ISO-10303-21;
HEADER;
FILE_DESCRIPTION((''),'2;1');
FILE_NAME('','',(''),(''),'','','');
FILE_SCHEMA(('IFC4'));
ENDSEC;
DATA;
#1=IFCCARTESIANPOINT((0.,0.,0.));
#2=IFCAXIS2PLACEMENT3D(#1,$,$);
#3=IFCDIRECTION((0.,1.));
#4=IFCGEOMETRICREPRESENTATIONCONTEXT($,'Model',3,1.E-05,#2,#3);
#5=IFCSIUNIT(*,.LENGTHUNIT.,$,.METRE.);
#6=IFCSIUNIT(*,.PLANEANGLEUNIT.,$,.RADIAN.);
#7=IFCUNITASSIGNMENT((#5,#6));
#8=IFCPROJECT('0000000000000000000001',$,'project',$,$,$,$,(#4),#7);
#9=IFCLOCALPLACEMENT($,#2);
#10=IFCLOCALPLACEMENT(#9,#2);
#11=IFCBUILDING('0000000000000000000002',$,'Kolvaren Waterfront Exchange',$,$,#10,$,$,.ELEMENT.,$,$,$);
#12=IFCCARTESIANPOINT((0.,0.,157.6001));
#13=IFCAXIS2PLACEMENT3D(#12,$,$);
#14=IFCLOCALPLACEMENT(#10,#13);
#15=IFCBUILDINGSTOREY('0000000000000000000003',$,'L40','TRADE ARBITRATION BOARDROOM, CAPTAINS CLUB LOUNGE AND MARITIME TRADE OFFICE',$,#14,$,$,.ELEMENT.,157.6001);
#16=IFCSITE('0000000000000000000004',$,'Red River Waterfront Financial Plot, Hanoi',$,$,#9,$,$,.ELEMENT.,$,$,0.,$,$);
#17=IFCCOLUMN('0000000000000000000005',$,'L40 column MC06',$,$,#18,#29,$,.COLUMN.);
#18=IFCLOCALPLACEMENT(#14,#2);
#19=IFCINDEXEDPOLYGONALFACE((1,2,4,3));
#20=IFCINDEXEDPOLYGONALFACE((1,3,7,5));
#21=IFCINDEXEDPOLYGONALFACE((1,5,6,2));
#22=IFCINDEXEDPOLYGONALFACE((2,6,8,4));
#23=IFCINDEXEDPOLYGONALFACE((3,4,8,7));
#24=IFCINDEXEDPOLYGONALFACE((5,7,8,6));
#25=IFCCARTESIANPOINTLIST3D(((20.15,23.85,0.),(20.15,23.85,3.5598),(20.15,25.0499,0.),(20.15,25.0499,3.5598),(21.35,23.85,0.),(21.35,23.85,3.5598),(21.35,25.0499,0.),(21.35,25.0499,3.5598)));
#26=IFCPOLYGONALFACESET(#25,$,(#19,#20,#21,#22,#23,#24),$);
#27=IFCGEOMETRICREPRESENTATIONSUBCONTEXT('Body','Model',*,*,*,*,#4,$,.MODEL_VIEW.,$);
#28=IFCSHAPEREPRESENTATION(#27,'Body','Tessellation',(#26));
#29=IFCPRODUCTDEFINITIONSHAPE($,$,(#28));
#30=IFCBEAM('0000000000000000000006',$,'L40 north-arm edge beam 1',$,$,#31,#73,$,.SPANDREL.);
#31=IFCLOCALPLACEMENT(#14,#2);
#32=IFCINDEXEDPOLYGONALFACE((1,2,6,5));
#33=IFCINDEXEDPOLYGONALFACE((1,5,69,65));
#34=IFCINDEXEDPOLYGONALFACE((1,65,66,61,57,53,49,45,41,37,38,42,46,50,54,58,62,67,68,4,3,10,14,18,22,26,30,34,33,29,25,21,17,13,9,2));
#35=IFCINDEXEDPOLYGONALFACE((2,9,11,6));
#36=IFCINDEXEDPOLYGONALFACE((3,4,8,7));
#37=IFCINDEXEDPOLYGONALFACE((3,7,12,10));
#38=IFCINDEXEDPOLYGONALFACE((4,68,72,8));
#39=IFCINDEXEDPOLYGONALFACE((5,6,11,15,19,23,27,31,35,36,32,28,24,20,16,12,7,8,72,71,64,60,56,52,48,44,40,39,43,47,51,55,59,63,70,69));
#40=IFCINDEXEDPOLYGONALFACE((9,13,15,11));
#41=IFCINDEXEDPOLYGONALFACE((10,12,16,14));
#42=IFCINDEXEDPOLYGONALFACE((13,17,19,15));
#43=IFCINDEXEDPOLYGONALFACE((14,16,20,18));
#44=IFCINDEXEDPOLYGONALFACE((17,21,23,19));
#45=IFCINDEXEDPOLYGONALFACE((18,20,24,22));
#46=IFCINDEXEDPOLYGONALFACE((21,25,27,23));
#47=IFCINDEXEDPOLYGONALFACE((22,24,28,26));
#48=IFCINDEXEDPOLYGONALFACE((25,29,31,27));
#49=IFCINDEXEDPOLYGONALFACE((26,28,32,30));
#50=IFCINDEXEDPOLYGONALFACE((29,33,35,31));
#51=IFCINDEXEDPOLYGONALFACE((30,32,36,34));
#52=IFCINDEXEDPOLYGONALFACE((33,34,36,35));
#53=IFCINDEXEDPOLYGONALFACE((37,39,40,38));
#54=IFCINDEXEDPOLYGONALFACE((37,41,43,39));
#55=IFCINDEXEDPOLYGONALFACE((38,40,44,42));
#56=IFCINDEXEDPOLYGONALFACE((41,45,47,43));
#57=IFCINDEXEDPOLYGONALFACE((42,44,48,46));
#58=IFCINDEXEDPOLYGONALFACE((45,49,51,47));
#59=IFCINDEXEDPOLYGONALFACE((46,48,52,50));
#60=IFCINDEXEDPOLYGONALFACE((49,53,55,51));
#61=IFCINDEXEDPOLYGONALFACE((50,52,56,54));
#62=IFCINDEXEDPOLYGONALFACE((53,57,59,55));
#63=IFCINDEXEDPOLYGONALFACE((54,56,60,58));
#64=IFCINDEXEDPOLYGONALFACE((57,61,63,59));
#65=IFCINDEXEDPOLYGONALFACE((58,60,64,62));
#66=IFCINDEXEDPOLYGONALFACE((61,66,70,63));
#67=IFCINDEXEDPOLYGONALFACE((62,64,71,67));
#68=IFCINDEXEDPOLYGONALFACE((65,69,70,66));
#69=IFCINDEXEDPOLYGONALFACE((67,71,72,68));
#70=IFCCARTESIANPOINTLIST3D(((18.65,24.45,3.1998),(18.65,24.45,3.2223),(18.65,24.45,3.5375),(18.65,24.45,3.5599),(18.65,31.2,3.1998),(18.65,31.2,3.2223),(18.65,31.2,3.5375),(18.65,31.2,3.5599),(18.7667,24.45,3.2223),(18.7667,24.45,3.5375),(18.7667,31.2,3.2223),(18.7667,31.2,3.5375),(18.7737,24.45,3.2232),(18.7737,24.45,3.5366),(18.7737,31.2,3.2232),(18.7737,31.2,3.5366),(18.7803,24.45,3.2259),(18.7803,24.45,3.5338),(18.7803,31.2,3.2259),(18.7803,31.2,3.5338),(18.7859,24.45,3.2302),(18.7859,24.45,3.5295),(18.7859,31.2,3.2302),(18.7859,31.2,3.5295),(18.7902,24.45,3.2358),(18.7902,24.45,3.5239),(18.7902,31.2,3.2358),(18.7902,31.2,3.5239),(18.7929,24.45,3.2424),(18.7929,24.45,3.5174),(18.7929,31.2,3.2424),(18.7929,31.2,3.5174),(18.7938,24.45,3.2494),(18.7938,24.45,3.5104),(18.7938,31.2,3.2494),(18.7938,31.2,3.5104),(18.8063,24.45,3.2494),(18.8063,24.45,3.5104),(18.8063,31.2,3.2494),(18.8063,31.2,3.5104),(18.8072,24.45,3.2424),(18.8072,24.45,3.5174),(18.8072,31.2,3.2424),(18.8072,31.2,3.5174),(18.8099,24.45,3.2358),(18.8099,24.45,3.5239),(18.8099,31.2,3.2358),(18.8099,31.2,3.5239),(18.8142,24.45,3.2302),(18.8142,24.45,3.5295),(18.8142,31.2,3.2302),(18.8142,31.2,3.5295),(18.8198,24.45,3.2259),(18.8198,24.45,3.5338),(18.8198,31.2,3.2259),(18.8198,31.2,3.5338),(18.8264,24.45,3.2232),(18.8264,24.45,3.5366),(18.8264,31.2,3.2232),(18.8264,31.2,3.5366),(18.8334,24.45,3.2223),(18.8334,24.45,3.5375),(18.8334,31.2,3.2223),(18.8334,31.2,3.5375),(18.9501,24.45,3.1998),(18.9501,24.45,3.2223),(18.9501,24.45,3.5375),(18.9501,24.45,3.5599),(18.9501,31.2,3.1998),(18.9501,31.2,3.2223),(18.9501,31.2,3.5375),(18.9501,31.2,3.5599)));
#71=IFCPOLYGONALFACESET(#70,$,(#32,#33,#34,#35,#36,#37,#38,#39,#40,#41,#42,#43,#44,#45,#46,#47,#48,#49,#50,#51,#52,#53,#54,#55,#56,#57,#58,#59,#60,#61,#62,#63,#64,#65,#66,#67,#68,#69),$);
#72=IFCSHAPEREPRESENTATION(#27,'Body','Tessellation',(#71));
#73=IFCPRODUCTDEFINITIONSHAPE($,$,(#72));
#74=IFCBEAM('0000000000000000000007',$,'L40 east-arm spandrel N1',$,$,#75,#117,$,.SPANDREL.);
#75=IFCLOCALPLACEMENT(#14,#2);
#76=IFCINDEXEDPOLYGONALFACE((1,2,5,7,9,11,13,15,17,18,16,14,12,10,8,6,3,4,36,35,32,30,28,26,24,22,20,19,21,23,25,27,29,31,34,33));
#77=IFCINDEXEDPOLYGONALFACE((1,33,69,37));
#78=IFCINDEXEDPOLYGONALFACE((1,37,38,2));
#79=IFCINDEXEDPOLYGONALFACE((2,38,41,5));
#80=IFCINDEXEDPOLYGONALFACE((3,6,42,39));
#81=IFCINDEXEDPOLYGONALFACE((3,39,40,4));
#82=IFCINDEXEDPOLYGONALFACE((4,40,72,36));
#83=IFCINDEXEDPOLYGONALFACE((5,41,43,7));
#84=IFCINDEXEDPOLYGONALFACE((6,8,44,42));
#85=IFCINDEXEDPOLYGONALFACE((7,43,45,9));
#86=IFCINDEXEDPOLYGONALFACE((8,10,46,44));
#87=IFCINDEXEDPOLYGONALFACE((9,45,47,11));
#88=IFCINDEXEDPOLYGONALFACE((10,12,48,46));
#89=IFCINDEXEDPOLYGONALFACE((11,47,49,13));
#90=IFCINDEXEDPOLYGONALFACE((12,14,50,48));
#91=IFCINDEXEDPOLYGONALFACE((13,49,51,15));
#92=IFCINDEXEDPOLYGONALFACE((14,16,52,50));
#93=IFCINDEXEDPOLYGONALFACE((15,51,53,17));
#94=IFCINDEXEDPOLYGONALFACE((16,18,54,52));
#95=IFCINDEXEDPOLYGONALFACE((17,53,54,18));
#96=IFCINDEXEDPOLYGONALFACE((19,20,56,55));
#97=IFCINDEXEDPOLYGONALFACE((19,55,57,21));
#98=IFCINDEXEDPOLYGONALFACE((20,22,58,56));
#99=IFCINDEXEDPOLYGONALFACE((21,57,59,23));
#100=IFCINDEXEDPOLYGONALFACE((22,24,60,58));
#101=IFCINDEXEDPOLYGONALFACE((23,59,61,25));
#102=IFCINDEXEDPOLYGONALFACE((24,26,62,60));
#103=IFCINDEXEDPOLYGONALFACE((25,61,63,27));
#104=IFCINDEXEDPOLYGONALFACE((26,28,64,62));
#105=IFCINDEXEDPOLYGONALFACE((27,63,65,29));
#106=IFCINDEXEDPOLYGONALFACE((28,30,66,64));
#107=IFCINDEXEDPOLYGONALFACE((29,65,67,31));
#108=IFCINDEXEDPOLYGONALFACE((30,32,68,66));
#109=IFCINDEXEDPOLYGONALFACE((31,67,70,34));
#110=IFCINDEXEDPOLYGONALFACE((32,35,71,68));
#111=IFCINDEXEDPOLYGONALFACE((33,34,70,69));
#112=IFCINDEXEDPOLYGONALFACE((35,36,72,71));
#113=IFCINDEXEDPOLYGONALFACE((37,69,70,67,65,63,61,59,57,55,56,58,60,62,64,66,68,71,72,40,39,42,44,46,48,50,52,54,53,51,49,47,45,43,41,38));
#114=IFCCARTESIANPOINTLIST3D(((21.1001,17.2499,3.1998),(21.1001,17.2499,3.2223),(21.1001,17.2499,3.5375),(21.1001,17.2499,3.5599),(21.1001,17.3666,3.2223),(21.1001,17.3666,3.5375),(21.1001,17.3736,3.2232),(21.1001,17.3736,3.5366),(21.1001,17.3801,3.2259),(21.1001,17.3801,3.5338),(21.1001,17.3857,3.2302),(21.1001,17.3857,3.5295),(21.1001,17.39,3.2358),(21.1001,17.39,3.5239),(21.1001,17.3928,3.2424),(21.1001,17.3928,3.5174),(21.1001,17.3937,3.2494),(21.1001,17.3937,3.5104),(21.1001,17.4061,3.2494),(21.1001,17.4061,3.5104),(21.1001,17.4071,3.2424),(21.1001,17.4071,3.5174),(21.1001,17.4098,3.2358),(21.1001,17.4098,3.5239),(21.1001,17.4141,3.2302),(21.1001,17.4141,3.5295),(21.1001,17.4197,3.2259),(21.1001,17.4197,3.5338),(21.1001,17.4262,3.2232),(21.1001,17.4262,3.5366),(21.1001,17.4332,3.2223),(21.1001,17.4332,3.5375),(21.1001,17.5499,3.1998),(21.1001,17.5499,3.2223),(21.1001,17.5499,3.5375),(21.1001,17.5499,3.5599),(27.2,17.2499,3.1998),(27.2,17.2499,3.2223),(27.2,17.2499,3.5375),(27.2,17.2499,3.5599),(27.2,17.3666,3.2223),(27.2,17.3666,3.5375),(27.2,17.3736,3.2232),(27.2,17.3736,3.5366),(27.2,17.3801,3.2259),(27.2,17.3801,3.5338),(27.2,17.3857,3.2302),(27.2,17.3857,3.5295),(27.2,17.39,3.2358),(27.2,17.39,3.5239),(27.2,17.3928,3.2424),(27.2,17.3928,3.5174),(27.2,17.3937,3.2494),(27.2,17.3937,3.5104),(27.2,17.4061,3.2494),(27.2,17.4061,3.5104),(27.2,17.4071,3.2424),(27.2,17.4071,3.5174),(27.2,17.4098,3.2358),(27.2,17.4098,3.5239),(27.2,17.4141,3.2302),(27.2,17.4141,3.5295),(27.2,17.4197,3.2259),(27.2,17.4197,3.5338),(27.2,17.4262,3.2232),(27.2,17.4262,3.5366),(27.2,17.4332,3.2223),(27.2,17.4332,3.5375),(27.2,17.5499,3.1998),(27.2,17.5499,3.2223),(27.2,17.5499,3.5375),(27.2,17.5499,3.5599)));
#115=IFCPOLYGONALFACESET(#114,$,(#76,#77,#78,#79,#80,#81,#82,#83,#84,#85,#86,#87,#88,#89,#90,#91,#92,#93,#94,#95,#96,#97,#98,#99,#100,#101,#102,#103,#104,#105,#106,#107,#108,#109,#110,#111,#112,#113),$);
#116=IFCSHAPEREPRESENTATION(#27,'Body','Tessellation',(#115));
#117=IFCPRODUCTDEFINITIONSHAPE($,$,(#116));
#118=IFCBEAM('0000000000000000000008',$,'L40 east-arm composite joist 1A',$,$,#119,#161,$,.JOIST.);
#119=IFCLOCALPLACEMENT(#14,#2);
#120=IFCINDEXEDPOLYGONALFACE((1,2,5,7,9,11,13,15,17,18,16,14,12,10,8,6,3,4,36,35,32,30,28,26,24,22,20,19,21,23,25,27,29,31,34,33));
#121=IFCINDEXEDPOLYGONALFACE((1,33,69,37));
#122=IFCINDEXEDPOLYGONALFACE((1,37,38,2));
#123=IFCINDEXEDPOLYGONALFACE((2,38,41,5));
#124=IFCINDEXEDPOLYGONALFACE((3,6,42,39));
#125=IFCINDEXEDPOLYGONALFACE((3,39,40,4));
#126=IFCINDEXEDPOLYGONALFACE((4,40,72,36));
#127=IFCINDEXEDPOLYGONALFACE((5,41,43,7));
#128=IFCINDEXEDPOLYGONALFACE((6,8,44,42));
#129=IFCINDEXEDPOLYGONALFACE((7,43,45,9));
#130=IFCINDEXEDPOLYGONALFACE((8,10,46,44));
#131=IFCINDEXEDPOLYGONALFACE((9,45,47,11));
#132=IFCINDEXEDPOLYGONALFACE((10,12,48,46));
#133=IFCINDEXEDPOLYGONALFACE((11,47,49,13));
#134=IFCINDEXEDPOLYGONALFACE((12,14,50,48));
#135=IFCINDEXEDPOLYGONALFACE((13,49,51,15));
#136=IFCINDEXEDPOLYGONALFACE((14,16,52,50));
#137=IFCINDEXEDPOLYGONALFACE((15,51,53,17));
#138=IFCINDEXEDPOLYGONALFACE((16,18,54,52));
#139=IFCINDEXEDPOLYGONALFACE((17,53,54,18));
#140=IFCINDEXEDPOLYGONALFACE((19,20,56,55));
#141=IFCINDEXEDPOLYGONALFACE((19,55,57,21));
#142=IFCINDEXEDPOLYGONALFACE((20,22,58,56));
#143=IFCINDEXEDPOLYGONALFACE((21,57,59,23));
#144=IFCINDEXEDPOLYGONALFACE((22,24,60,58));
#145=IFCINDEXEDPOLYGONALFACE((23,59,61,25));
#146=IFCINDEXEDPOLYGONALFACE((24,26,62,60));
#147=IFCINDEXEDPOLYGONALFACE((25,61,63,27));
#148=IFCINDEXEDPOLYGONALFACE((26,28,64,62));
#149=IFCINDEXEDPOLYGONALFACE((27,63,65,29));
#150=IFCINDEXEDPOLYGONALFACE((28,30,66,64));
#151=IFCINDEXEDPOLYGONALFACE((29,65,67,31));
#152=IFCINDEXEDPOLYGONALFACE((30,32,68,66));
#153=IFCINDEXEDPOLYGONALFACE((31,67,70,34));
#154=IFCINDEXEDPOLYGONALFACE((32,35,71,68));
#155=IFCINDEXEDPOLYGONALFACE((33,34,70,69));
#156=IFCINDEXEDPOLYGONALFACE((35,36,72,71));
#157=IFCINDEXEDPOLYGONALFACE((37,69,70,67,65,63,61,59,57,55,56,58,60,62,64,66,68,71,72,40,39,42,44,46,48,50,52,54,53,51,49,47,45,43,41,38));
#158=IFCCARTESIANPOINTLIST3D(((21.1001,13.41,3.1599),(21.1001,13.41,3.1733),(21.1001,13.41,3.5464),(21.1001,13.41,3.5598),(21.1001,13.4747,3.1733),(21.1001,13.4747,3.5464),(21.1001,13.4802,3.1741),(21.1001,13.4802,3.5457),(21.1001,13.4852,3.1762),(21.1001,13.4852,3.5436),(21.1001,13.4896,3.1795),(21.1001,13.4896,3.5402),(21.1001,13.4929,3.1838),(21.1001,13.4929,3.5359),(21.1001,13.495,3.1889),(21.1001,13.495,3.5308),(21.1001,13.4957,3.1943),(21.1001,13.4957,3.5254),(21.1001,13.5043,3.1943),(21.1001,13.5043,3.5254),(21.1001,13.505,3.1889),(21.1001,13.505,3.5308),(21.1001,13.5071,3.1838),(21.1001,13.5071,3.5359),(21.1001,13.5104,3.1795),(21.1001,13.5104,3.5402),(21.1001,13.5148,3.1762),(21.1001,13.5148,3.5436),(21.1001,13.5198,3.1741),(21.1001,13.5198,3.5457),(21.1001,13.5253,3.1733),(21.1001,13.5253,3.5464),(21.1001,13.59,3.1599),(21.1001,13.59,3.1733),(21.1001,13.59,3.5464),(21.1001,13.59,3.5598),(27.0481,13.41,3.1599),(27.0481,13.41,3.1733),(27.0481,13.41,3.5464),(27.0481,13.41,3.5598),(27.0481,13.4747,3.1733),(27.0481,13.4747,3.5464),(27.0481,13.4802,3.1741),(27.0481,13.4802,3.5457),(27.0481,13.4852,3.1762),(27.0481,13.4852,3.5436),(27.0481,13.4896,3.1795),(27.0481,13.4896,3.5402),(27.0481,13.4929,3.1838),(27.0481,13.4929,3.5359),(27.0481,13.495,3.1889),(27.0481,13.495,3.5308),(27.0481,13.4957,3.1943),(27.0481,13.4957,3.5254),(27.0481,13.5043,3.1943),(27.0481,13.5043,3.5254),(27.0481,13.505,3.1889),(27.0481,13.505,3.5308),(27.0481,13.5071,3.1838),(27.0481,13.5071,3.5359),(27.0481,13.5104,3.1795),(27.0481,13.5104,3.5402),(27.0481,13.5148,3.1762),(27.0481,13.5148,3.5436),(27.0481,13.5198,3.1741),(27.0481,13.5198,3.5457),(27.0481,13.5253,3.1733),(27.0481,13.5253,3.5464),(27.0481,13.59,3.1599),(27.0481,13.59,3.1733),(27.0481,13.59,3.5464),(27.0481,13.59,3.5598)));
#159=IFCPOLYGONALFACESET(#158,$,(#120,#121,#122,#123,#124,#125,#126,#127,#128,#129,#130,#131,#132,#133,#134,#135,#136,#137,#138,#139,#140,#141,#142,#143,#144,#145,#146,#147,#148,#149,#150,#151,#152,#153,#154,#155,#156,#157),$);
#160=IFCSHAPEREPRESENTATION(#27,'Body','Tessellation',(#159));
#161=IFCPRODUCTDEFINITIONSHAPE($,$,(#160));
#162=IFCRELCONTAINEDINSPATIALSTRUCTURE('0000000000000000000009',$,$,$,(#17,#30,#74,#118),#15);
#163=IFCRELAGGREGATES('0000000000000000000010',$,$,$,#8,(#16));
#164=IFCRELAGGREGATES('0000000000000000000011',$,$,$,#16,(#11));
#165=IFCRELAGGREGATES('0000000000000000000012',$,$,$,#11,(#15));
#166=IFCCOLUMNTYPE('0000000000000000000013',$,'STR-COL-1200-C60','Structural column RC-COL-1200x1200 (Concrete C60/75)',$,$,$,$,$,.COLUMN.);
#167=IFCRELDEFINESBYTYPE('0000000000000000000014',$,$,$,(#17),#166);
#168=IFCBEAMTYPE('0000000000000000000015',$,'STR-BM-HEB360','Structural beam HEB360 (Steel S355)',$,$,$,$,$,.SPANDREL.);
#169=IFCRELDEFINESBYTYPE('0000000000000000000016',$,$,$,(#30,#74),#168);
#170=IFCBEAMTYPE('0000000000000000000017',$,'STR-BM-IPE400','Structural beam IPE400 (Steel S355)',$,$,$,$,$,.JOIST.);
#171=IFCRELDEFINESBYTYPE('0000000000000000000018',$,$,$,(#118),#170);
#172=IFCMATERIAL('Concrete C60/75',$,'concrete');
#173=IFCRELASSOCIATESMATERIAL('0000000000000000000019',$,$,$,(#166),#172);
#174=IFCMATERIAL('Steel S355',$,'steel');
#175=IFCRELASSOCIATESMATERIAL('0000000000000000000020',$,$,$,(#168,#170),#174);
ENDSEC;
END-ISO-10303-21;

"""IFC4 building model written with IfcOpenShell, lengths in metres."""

from ifc_helpers import new_model, si_unit, direction, frame, origin, origin_2d, place, context, subcontext, project, spatial, rectangle, i_section, extrude, material, material_profile, profile_set, type_object, element, save


model = new_model("IFC4")

# Units and contexts
model_context = context("Model", 3, precision=1e-05, world=origin(), true_north=direction((0.0, 1.0)))
body_context = subcontext(model_context, "Body", "Model", "MODEL_VIEW")
ifc_project = project(units=[si_unit("LENGTHUNIT", "METRE"), si_unit("PLANEANGLEUNIT", "RADIAN")], contexts=[model_context])

# Site, building, storey
site_placement = place(None, origin())
site = spatial("IfcSite", under=ifc_project, at=site_placement, Name="Red River Waterfront Financial Plot, Hanoi", CompositionType="ELEMENT", RefElevation=0.0)
building_placement = place(site_placement, origin())
building = spatial("IfcBuilding", under=site, at=building_placement, Name="Kolvaren Waterfront Exchange", CompositionType="ELEMENT")
storey_placement = place(building_placement, frame((0.0, 0.0, 157.6001)))
storey = spatial("IfcBuildingStorey", under=building, at=storey_placement, Name="L40", Description="TRADE ARBITRATION BOARDROOM, CAPTAINS CLUB LOUNGE AND MARITIME TRADE OFFICE", CompositionType="ELEMENT", Elevation=157.6001)

# Column
ifc_material_1 = material(Name="Concrete C60/75", Category="concrete")
ifc_material_profile_1 = material_profile(ifc_material_1, rectangle(XDim=1.2, YDim=1.2, at=origin_2d()), Name="RC-COL-1200x1200")
ifc_profile_set_1 = profile_set([ifc_material_profile_1], Name="Concrete C60/75")
column_type = type_object("IfcColumnType", Name="STR-COL-1200-C60", Description="Structural column RC-COL-1200x1200 (Concrete C60/75)", PredefinedType="COLUMN", material=ifc_profile_set_1)
column_placement = place(storey_placement, frame((20.75, 24.45, 0.0), z_axis=(0.0, 0.0, 1.0), x_axis=(1.0, 0.0, 0.0)))
element("IfcColumn", 1, at=column_placement, inside=storey, type_object=column_type, Name="L40 column MC06", PredefinedType="COLUMN", context=body_context, shape_type="SweptSolid", body=[
    extrude(rectangle(XDim=1.2, YDim=1.2, at=origin_2d()), origin(), (0.0, 0.0, 1.0), 3.5598),
])

# Beams
ifc_material_2 = material(Name="Steel S355", Category="steel")
ifc_material_profile_2 = material_profile(ifc_material_2, i_section(OverallWidth=0.3, OverallDepth=0.3601, WebThickness=0.0125, FlangeThickness=0.0225, FilletRadius=0.0271, at=origin_2d()), Name="HEB360")
ifc_profile_set_2 = profile_set([ifc_material_profile_2], Name="Steel S355")
beam_type_1 = type_object("IfcBeamType", Name="STR-BM-HEB360", Description="Structural beam HEB360 (Steel S355)", PredefinedType="SPANDREL", material=ifc_profile_set_2)
beam_1_placement = place(storey_placement, frame((18.8, 24.45, 3.3799), z_axis=(0.0, 1.0, 0.0), x_axis=(-1.0, 0.0, 0.0)))
element("IfcBeam", 2, at=beam_1_placement, inside=storey, type_object=beam_type_1, Name="L40 north-arm edge beam 1", PredefinedType="SPANDREL", context=body_context, shape_type="SweptSolid", body=[
    extrude(i_section(OverallWidth=0.3, OverallDepth=0.3601, WebThickness=0.0125, FlangeThickness=0.0225, FilletRadius=0.0271, at=origin_2d()), origin(), (0.0, 0.0, 1.0), 6.75),
])
beam_2_placement = place(storey_placement, frame((21.1001, 17.3999, 3.3799), z_axis=(1.0, 0.0, 0.0), x_axis=(0.0, 1.0, 0.0)))
element("IfcBeam", 3, at=beam_2_placement, inside=storey, type_object=beam_type_1, Name="L40 east-arm spandrel N1", PredefinedType="SPANDREL", context=body_context, shape_type="SweptSolid", body=[
    extrude(i_section(OverallWidth=0.3, OverallDepth=0.3601, WebThickness=0.0125, FlangeThickness=0.0225, FilletRadius=0.0271, at=origin_2d()), origin(), (0.0, 0.0, 1.0), 6.0999),
])
ifc_material_profile_3 = material_profile(ifc_material_2, i_section(OverallWidth=0.1799, OverallDepth=0.3999, WebThickness=0.0085, FlangeThickness=0.0134, FilletRadius=0.021, at=origin_2d()), Name="IPE400")
ifc_profile_set_3 = profile_set([ifc_material_profile_3], Name="Steel S355")
beam_type_2 = type_object("IfcBeamType", Name="STR-BM-IPE400", Description="Structural beam IPE400 (Steel S355)", PredefinedType="JOIST", material=ifc_profile_set_3)
for number, where, z_axis, x_axis, name in (
    (4, (21.1001, 13.5, 3.3599), (1.0, 0.0, 0.0), (0.0, 1.0, 0.0), "L40 east-arm composite joist 1A"),
):
    element("IfcBeam", number, at=place(storey_placement, frame(where, z_axis=z_axis, x_axis=x_axis)), inside=storey, type_object=beam_type_2, Name=name, PredefinedType="JOIST", context=body_context, shape_type="SweptSolid", body=[
        extrude(i_section(OverallWidth=0.1799, OverallDepth=0.3999, WebThickness=0.0085, FlangeThickness=0.0134, FilletRadius=0.021, at=origin_2d()), origin(), (0.0, 0.0, 1.0), 5.948),
    ])

save(model, "model.ifc")
